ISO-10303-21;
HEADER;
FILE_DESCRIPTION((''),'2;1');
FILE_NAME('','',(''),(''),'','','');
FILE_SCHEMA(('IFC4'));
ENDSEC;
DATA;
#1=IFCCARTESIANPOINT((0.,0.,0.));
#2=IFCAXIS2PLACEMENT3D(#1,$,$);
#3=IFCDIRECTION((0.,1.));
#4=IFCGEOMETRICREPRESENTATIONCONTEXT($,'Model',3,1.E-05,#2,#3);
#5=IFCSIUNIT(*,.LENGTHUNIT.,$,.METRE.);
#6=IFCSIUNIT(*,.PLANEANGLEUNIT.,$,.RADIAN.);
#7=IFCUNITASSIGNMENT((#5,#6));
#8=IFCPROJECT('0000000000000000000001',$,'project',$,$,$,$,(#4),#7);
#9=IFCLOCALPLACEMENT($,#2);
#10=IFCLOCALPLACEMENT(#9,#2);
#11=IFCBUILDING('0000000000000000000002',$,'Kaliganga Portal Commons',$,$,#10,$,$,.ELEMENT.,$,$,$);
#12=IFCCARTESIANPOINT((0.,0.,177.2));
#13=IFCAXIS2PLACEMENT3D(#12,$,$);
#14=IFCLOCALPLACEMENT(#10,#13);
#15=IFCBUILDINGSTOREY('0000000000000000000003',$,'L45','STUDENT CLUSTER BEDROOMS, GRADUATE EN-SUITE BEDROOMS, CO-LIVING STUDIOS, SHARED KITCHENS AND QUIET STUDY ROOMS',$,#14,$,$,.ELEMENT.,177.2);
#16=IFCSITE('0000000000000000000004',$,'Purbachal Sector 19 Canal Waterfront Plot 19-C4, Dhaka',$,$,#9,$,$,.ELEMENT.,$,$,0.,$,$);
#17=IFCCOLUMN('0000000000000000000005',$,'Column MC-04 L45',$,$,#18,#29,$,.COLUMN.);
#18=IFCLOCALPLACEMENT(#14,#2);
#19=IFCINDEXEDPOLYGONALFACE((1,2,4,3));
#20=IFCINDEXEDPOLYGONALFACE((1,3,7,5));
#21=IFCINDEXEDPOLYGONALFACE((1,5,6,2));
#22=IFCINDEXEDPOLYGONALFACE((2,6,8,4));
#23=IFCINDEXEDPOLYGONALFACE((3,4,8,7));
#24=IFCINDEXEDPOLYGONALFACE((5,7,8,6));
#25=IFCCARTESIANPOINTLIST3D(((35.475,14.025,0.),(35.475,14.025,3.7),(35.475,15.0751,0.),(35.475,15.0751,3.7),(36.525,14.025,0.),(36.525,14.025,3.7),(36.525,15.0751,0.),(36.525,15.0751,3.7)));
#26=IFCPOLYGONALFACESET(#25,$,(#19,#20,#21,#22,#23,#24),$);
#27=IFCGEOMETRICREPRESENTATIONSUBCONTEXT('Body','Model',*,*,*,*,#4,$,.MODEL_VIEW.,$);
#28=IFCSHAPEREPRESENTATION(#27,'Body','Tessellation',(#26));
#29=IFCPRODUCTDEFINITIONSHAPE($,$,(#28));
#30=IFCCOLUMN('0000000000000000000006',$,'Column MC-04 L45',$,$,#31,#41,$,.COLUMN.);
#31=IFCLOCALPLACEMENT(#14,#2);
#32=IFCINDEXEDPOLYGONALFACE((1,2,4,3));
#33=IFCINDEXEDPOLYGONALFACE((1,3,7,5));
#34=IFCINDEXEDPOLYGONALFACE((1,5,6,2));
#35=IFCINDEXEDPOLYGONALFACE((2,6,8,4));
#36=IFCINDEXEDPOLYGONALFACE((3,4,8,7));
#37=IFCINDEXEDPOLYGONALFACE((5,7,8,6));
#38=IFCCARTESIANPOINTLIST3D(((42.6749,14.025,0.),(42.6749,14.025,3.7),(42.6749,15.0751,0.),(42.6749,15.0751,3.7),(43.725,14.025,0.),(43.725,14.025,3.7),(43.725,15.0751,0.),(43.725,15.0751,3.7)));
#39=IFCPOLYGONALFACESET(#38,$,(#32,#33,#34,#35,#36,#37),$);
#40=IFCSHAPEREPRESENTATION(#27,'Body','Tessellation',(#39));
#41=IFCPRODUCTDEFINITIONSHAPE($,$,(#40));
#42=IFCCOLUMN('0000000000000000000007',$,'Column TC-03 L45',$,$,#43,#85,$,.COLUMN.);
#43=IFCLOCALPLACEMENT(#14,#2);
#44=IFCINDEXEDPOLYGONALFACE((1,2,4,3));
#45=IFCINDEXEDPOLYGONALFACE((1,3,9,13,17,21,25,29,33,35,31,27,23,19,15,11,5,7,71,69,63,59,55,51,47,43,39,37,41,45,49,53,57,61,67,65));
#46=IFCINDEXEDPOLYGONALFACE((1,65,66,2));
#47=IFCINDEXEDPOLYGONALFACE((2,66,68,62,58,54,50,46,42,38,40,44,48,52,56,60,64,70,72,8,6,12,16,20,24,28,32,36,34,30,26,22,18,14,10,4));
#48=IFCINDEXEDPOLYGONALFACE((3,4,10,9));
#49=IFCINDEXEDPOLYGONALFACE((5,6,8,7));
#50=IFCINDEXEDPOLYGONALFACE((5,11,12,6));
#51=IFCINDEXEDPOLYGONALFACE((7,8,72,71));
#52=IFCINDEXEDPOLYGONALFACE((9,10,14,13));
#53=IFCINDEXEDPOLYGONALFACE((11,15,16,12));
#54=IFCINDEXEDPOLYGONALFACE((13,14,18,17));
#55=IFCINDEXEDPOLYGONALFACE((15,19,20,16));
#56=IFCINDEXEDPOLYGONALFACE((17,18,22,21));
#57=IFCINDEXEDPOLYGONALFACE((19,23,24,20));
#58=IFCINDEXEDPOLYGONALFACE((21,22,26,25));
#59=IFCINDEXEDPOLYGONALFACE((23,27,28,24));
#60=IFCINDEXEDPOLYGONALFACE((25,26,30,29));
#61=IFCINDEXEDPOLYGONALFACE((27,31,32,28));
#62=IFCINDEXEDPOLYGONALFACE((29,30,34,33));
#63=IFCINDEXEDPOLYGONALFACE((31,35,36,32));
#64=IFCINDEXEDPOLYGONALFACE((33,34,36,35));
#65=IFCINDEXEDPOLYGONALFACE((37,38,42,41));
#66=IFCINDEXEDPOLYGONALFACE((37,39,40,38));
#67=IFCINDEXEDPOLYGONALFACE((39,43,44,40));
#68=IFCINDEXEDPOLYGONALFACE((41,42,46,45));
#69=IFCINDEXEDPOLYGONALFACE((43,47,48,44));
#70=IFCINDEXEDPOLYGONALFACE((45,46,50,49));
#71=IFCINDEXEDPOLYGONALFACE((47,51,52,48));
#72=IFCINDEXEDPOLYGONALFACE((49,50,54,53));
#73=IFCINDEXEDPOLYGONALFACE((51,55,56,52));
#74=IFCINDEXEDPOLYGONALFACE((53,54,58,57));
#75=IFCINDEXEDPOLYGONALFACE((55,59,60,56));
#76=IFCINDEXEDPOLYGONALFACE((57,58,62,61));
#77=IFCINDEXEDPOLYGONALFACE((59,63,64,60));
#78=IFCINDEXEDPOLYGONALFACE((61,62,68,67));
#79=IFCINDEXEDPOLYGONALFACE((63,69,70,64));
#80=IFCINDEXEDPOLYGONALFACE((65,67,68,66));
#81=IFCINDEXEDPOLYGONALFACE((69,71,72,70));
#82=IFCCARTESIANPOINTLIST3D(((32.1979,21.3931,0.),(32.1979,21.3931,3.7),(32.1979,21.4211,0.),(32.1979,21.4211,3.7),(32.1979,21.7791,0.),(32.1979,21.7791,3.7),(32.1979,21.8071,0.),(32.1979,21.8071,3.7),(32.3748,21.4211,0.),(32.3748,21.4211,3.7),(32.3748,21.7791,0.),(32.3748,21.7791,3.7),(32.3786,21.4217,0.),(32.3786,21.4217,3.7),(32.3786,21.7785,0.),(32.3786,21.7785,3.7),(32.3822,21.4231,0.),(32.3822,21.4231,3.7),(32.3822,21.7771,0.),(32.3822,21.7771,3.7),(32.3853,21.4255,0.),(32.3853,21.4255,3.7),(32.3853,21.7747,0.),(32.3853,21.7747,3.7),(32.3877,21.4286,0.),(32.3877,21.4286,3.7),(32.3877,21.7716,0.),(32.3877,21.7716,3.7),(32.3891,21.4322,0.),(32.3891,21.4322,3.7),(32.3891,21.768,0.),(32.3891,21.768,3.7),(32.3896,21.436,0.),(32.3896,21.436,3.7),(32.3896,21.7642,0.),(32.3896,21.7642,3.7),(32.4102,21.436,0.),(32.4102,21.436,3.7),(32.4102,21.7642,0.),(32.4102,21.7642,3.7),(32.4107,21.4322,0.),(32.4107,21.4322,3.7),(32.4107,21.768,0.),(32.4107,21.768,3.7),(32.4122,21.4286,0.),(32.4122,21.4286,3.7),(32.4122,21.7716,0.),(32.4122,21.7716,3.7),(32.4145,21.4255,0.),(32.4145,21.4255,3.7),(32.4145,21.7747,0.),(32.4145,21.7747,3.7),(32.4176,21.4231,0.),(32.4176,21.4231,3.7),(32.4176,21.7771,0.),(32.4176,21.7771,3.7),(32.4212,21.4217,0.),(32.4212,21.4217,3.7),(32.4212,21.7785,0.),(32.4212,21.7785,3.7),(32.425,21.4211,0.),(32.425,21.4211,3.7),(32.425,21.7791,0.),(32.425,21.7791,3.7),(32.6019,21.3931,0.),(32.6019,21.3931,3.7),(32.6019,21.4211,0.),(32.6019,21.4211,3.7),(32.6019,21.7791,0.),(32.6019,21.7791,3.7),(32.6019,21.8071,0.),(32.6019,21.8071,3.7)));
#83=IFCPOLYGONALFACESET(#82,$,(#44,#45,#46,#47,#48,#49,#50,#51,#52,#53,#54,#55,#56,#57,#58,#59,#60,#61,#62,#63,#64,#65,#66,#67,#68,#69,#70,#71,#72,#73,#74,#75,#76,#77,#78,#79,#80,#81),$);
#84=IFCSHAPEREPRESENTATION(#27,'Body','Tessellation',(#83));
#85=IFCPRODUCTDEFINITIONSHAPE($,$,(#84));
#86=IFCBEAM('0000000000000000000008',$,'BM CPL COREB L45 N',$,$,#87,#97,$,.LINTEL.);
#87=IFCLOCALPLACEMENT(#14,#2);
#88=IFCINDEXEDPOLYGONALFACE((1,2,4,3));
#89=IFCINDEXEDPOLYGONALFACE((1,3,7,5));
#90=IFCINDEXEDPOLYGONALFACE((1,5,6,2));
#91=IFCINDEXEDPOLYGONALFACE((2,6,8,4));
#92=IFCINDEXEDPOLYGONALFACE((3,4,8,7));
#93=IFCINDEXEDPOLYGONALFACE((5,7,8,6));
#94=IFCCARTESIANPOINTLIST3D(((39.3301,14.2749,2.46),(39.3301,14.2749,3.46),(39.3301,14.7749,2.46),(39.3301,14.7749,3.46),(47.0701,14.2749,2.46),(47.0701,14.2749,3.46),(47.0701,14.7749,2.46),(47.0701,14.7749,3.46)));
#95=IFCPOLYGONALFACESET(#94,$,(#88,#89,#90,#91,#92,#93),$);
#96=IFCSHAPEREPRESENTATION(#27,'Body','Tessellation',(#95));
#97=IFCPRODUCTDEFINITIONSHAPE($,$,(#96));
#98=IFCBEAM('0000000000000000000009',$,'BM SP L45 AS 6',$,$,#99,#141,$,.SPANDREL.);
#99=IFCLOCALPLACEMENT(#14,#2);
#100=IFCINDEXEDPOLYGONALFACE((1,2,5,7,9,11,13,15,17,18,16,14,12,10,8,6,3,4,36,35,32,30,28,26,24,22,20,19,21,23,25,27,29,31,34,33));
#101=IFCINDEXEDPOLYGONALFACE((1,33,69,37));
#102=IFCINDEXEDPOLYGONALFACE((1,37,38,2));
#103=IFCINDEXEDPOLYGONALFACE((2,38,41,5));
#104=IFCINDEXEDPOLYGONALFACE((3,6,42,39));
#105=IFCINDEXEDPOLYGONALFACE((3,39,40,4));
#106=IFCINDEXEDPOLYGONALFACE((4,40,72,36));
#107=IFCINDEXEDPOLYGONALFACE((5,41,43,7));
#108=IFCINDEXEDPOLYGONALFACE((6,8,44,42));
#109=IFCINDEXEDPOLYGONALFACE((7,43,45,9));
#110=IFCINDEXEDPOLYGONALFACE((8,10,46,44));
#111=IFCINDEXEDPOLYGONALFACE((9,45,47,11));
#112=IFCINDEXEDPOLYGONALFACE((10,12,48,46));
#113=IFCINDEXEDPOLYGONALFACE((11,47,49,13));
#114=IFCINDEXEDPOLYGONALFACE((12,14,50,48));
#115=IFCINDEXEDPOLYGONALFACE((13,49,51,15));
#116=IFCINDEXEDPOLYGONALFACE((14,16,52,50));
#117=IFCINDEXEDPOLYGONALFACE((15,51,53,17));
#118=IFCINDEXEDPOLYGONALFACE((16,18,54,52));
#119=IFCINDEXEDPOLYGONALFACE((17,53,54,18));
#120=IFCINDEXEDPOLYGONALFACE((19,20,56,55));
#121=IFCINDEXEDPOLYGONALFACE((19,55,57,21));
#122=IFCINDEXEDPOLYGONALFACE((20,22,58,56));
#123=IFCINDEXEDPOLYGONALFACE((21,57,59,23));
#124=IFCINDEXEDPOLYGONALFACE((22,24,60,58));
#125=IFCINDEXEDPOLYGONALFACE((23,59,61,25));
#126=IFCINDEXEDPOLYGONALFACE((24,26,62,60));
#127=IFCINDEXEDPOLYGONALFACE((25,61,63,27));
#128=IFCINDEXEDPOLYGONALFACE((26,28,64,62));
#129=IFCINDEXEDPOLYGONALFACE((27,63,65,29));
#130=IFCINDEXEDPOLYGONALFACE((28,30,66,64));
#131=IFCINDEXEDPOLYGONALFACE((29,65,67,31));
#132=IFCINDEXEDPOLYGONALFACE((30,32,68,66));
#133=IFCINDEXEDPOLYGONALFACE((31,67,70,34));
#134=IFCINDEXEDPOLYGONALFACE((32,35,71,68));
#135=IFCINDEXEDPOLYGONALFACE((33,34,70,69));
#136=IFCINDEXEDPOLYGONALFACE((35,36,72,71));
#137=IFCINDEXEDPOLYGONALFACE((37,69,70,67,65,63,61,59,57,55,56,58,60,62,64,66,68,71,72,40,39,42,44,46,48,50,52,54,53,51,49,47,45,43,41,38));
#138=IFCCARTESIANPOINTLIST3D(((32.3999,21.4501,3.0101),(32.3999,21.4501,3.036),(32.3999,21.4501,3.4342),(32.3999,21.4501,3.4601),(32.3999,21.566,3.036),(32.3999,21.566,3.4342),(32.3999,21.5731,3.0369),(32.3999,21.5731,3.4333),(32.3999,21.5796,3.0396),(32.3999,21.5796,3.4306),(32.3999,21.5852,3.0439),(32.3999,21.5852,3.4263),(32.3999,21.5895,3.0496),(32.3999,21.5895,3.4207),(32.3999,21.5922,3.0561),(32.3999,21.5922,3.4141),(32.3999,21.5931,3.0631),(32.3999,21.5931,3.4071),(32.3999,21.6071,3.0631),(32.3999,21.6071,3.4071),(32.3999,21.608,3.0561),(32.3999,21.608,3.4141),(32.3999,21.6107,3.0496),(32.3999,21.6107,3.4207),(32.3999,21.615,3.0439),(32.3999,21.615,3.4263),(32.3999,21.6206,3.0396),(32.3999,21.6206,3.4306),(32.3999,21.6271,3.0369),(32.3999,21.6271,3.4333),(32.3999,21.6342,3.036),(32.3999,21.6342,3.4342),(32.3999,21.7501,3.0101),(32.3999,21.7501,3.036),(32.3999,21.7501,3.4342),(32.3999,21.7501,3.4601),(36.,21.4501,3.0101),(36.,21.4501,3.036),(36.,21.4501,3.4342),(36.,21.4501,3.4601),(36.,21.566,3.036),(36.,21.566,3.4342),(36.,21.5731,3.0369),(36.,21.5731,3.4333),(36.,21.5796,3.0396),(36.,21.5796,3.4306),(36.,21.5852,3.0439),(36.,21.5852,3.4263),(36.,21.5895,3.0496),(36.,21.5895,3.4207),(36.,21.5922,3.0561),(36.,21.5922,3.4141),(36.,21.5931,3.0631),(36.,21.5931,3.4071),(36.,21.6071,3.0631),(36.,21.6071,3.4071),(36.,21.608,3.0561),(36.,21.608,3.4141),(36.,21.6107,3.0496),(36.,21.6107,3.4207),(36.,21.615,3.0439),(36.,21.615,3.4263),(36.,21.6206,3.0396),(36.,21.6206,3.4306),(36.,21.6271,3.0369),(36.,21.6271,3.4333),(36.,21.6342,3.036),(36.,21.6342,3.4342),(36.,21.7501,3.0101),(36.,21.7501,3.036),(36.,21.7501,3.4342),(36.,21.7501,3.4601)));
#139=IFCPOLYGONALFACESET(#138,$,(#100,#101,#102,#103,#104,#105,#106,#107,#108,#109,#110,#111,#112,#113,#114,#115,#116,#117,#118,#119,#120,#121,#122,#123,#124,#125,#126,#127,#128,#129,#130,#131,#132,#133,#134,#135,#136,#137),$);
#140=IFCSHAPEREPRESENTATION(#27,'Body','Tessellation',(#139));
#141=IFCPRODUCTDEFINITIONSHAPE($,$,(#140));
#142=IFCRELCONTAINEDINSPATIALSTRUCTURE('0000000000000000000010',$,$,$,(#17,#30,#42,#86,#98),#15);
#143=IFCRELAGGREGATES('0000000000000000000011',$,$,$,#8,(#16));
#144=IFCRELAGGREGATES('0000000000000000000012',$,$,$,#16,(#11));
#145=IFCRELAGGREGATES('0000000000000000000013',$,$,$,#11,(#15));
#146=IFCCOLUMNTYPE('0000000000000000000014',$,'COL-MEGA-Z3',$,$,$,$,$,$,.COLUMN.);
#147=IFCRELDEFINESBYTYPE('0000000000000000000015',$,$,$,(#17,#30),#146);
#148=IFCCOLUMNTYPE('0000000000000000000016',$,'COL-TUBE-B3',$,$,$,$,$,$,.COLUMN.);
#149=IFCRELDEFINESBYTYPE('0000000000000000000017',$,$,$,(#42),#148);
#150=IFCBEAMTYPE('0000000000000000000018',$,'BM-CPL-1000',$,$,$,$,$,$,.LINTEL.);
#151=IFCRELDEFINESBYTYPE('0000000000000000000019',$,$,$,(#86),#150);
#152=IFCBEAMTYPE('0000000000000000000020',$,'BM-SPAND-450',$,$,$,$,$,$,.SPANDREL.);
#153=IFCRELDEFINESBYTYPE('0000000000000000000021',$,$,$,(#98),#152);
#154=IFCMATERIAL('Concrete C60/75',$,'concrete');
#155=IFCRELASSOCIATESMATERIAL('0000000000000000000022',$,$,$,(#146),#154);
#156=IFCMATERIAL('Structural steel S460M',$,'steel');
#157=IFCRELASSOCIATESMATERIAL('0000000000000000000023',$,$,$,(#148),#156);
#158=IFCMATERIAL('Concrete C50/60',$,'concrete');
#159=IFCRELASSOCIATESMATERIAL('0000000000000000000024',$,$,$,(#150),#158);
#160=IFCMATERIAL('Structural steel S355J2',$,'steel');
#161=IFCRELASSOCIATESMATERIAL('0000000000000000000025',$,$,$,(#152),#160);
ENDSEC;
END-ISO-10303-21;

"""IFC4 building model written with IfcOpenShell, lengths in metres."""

from ifc_helpers import new_model, si_unit, direction, frame, origin, origin_2d, place, context, subcontext, project, spatial, rectangle, i_section, extrude, source, transform, mapped, material, material_profile, profile_set, type_object, element, save


model = new_model("IFC4")

# Units and contexts
model_context = context("Model", 3, precision=1e-05, world=origin(), true_north=direction((0.0, 1.0)))
body_context = subcontext(model_context, "Body", "Model", "MODEL_VIEW")
ifc_project = project(units=[si_unit("LENGTHUNIT", "METRE"), si_unit("PLANEANGLEUNIT", "RADIAN")], contexts=[model_context])

# Site, building, storey
site_placement = place(None, origin())
site = spatial("IfcSite", under=ifc_project, at=site_placement, Name="Purbachal Sector 19 Canal Waterfront Plot 19-C4, Dhaka", CompositionType="ELEMENT", RefElevation=0.0)
building_placement = place(site_placement, origin())
building = spatial("IfcBuilding", under=site, at=building_placement, Name="Kaliganga Portal Commons", CompositionType="ELEMENT")
storey_placement = place(building_placement, frame((0.0, 0.0, 177.2)))
storey = spatial("IfcBuildingStorey", under=building, at=storey_placement, Name="L45", Description="STUDENT CLUSTER BEDROOMS, GRADUATE EN-SUITE BEDROOMS, CO-LIVING STUDIOS, SHARED KITCHENS AND QUIET STUDY ROOMS", CompositionType="ELEMENT", Elevation=177.2)

# Columns
ifc_material_1 = material(Name="Concrete C60/75", Category="concrete")
ifc_material_profile_1 = material_profile(ifc_material_1, rectangle(XDim=1.05, YDim=1.05, at=origin_2d()), Name="RC 1050x1050")
ifc_profile_set_1 = profile_set([ifc_material_profile_1], Name="Concrete C60/75")
column_type_1 = type_object("IfcColumnType", Name="COL-MEGA-Z3", PredefinedType="COLUMN", material=ifc_profile_set_1)
shared_shape_1 = source(origin(), body_context, "Body", "SweptSolid", [
    extrude(rectangle(XDim=1.05, YDim=1.05, at=origin_2d()), origin(), (0.0, 0.0, 1.0), 3.7),
])
for number, where, z_axis, x_axis, name in (
    (1, (36.0, 14.55, 0.0), (0.0, 0.0, 1.0), (1.0, 0.0, 0.0), "Column MC-04 L45"),
    (2, (43.2, 14.55, 0.0), (0.0, 0.0, 1.0), (1.0, 0.0, 0.0), "Column MC-04 L45"),
):
    element("IfcColumn", number, at=place(storey_placement, frame(where, z_axis=z_axis, x_axis=x_axis)), inside=storey, type_object=column_type_1, Name=name, PredefinedType="COLUMN", context=body_context, shape_type="MappedRepresentation", body=[
        mapped(shared_shape_1, transform((0.0, 0.0, 0.0), x_axis=(1.0, 0.0, 0.0), y_axis=(0.0, 1.0, 0.0), z_axis=(0.0, 0.0, 1.0), scale=1.0)),
    ])
ifc_material_2 = material(Name="Structural steel S460M", Category="steel")
ifc_material_profile_2 = material_profile(ifc_material_2, i_section(OverallWidth=0.4041, OverallDepth=0.4141, WebThickness=0.0205, FlangeThickness=0.0281, FilletRadius=0.0149, at=origin_2d()), Name="HD 400x347")
ifc_profile_set_2 = profile_set([ifc_material_profile_2], Name="Structural steel S460M wide-flange")
column_type_2 = type_object("IfcColumnType", Name="COL-TUBE-B3", PredefinedType="COLUMN", material=ifc_profile_set_2)
shared_shape_2 = source(origin(), body_context, "Body", "SweptSolid", [
    extrude(i_section(OverallWidth=0.4041, OverallDepth=0.4141, WebThickness=0.0205, FlangeThickness=0.0281, FilletRadius=0.0149, at=origin_2d()), origin(), (0.0, 0.0, 1.0), 3.7),
])
column_placement = place(storey_placement, frame((32.3999, 21.6001, 0.0), z_axis=(0.0, 0.0, 1.0), x_axis=(1.0, 0.0, 0.0)))
element("IfcColumn", 3, at=column_placement, inside=storey, type_object=column_type_2, Name="Column TC-03 L45", PredefinedType="COLUMN", context=body_context, shape_type="MappedRepresentation", body=[
    mapped(shared_shape_2, transform((0.0, 0.0, 0.0), x_axis=(1.0, 0.0, 0.0), y_axis=(0.0, 1.0, 0.0), z_axis=(0.0, 0.0, 1.0), scale=1.0)),
])

# Beams
ifc_material_3 = material(Name="Concrete C50/60", Category="concrete")
ifc_material_profile_3 = material_profile(ifc_material_3, rectangle(XDim=0.5, YDim=1.0, at=origin_2d()), Name="RC 500x1000")
ifc_profile_set_3 = profile_set([ifc_material_profile_3], Name="Concrete C50/60")
beam_type_1 = type_object("IfcBeamType", Name="BM-CPL-1000", PredefinedType="LINTEL", material=ifc_profile_set_3)
shared_shape_3 = source(origin(), body_context, "Body", "SweptSolid", [
    extrude(rectangle(XDim=0.5, YDim=1.0, at=origin_2d()), origin(), (0.0, 0.0, 1.0), 7.74),
])
beam_1_placement = place(storey_placement, frame((39.3301, 14.5249, 2.96), z_axis=(1.0, 0.0, 0.0), x_axis=(0.0, 1.0, 0.0)))
element("IfcBeam", 4, at=beam_1_placement, inside=storey, type_object=beam_type_1, Name="BM CPL COREB L45 N", PredefinedType="LINTEL", context=body_context, shape_type="MappedRepresentation", body=[
    mapped(shared_shape_3, transform((0.0, 0.0, 0.0), x_axis=(1.0, 0.0, 0.0), y_axis=(0.0, 1.0, 0.0), z_axis=(0.0, 0.0, 1.0), scale=1.0)),
])
ifc_material_4 = material(Name="Structural steel S355J2", Category="steel")
ifc_material_profile_4 = material_profile(ifc_material_4, i_section(OverallWidth=0.3, OverallDepth=0.45, WebThickness=0.0139, FlangeThickness=0.0259, FilletRadius=0.0271, at=origin_2d()), Name="HE 450 B")
ifc_profile_set_4 = profile_set([ifc_material_profile_4], Name="Structural steel S355J2 wide-flange")
beam_type_2 = type_object("IfcBeamType", Name="BM-SPAND-450", PredefinedType="SPANDREL", material=ifc_profile_set_4)
shared_shape_4 = source(origin(), body_context, "Body", "SweptSolid", [
    extrude(i_section(OverallWidth=0.3, OverallDepth=0.45, WebThickness=0.0139, FlangeThickness=0.0259, FilletRadius=0.0271, at=origin_2d()), origin(), (0.0, 0.0, 1.0), 3.6001),
])
beam_2_placement = place(storey_placement, frame((32.3999, 21.6001, 3.2351), z_axis=(1.0, 0.0, 0.0), x_axis=(0.0, 1.0, 0.0)))
element("IfcBeam", 5, at=beam_2_placement, inside=storey, type_object=beam_type_2, Name="BM SP L45 AS 6", PredefinedType="SPANDREL", context=body_context, shape_type="MappedRepresentation", body=[
    mapped(shared_shape_4, transform((0.0, 0.0, 0.0), x_axis=(1.0, 0.0, 0.0), y_axis=(0.0, 1.0, 0.0), z_axis=(0.0, 0.0, 1.0), scale=1.0)),
])

save(model, "model.ifc")
